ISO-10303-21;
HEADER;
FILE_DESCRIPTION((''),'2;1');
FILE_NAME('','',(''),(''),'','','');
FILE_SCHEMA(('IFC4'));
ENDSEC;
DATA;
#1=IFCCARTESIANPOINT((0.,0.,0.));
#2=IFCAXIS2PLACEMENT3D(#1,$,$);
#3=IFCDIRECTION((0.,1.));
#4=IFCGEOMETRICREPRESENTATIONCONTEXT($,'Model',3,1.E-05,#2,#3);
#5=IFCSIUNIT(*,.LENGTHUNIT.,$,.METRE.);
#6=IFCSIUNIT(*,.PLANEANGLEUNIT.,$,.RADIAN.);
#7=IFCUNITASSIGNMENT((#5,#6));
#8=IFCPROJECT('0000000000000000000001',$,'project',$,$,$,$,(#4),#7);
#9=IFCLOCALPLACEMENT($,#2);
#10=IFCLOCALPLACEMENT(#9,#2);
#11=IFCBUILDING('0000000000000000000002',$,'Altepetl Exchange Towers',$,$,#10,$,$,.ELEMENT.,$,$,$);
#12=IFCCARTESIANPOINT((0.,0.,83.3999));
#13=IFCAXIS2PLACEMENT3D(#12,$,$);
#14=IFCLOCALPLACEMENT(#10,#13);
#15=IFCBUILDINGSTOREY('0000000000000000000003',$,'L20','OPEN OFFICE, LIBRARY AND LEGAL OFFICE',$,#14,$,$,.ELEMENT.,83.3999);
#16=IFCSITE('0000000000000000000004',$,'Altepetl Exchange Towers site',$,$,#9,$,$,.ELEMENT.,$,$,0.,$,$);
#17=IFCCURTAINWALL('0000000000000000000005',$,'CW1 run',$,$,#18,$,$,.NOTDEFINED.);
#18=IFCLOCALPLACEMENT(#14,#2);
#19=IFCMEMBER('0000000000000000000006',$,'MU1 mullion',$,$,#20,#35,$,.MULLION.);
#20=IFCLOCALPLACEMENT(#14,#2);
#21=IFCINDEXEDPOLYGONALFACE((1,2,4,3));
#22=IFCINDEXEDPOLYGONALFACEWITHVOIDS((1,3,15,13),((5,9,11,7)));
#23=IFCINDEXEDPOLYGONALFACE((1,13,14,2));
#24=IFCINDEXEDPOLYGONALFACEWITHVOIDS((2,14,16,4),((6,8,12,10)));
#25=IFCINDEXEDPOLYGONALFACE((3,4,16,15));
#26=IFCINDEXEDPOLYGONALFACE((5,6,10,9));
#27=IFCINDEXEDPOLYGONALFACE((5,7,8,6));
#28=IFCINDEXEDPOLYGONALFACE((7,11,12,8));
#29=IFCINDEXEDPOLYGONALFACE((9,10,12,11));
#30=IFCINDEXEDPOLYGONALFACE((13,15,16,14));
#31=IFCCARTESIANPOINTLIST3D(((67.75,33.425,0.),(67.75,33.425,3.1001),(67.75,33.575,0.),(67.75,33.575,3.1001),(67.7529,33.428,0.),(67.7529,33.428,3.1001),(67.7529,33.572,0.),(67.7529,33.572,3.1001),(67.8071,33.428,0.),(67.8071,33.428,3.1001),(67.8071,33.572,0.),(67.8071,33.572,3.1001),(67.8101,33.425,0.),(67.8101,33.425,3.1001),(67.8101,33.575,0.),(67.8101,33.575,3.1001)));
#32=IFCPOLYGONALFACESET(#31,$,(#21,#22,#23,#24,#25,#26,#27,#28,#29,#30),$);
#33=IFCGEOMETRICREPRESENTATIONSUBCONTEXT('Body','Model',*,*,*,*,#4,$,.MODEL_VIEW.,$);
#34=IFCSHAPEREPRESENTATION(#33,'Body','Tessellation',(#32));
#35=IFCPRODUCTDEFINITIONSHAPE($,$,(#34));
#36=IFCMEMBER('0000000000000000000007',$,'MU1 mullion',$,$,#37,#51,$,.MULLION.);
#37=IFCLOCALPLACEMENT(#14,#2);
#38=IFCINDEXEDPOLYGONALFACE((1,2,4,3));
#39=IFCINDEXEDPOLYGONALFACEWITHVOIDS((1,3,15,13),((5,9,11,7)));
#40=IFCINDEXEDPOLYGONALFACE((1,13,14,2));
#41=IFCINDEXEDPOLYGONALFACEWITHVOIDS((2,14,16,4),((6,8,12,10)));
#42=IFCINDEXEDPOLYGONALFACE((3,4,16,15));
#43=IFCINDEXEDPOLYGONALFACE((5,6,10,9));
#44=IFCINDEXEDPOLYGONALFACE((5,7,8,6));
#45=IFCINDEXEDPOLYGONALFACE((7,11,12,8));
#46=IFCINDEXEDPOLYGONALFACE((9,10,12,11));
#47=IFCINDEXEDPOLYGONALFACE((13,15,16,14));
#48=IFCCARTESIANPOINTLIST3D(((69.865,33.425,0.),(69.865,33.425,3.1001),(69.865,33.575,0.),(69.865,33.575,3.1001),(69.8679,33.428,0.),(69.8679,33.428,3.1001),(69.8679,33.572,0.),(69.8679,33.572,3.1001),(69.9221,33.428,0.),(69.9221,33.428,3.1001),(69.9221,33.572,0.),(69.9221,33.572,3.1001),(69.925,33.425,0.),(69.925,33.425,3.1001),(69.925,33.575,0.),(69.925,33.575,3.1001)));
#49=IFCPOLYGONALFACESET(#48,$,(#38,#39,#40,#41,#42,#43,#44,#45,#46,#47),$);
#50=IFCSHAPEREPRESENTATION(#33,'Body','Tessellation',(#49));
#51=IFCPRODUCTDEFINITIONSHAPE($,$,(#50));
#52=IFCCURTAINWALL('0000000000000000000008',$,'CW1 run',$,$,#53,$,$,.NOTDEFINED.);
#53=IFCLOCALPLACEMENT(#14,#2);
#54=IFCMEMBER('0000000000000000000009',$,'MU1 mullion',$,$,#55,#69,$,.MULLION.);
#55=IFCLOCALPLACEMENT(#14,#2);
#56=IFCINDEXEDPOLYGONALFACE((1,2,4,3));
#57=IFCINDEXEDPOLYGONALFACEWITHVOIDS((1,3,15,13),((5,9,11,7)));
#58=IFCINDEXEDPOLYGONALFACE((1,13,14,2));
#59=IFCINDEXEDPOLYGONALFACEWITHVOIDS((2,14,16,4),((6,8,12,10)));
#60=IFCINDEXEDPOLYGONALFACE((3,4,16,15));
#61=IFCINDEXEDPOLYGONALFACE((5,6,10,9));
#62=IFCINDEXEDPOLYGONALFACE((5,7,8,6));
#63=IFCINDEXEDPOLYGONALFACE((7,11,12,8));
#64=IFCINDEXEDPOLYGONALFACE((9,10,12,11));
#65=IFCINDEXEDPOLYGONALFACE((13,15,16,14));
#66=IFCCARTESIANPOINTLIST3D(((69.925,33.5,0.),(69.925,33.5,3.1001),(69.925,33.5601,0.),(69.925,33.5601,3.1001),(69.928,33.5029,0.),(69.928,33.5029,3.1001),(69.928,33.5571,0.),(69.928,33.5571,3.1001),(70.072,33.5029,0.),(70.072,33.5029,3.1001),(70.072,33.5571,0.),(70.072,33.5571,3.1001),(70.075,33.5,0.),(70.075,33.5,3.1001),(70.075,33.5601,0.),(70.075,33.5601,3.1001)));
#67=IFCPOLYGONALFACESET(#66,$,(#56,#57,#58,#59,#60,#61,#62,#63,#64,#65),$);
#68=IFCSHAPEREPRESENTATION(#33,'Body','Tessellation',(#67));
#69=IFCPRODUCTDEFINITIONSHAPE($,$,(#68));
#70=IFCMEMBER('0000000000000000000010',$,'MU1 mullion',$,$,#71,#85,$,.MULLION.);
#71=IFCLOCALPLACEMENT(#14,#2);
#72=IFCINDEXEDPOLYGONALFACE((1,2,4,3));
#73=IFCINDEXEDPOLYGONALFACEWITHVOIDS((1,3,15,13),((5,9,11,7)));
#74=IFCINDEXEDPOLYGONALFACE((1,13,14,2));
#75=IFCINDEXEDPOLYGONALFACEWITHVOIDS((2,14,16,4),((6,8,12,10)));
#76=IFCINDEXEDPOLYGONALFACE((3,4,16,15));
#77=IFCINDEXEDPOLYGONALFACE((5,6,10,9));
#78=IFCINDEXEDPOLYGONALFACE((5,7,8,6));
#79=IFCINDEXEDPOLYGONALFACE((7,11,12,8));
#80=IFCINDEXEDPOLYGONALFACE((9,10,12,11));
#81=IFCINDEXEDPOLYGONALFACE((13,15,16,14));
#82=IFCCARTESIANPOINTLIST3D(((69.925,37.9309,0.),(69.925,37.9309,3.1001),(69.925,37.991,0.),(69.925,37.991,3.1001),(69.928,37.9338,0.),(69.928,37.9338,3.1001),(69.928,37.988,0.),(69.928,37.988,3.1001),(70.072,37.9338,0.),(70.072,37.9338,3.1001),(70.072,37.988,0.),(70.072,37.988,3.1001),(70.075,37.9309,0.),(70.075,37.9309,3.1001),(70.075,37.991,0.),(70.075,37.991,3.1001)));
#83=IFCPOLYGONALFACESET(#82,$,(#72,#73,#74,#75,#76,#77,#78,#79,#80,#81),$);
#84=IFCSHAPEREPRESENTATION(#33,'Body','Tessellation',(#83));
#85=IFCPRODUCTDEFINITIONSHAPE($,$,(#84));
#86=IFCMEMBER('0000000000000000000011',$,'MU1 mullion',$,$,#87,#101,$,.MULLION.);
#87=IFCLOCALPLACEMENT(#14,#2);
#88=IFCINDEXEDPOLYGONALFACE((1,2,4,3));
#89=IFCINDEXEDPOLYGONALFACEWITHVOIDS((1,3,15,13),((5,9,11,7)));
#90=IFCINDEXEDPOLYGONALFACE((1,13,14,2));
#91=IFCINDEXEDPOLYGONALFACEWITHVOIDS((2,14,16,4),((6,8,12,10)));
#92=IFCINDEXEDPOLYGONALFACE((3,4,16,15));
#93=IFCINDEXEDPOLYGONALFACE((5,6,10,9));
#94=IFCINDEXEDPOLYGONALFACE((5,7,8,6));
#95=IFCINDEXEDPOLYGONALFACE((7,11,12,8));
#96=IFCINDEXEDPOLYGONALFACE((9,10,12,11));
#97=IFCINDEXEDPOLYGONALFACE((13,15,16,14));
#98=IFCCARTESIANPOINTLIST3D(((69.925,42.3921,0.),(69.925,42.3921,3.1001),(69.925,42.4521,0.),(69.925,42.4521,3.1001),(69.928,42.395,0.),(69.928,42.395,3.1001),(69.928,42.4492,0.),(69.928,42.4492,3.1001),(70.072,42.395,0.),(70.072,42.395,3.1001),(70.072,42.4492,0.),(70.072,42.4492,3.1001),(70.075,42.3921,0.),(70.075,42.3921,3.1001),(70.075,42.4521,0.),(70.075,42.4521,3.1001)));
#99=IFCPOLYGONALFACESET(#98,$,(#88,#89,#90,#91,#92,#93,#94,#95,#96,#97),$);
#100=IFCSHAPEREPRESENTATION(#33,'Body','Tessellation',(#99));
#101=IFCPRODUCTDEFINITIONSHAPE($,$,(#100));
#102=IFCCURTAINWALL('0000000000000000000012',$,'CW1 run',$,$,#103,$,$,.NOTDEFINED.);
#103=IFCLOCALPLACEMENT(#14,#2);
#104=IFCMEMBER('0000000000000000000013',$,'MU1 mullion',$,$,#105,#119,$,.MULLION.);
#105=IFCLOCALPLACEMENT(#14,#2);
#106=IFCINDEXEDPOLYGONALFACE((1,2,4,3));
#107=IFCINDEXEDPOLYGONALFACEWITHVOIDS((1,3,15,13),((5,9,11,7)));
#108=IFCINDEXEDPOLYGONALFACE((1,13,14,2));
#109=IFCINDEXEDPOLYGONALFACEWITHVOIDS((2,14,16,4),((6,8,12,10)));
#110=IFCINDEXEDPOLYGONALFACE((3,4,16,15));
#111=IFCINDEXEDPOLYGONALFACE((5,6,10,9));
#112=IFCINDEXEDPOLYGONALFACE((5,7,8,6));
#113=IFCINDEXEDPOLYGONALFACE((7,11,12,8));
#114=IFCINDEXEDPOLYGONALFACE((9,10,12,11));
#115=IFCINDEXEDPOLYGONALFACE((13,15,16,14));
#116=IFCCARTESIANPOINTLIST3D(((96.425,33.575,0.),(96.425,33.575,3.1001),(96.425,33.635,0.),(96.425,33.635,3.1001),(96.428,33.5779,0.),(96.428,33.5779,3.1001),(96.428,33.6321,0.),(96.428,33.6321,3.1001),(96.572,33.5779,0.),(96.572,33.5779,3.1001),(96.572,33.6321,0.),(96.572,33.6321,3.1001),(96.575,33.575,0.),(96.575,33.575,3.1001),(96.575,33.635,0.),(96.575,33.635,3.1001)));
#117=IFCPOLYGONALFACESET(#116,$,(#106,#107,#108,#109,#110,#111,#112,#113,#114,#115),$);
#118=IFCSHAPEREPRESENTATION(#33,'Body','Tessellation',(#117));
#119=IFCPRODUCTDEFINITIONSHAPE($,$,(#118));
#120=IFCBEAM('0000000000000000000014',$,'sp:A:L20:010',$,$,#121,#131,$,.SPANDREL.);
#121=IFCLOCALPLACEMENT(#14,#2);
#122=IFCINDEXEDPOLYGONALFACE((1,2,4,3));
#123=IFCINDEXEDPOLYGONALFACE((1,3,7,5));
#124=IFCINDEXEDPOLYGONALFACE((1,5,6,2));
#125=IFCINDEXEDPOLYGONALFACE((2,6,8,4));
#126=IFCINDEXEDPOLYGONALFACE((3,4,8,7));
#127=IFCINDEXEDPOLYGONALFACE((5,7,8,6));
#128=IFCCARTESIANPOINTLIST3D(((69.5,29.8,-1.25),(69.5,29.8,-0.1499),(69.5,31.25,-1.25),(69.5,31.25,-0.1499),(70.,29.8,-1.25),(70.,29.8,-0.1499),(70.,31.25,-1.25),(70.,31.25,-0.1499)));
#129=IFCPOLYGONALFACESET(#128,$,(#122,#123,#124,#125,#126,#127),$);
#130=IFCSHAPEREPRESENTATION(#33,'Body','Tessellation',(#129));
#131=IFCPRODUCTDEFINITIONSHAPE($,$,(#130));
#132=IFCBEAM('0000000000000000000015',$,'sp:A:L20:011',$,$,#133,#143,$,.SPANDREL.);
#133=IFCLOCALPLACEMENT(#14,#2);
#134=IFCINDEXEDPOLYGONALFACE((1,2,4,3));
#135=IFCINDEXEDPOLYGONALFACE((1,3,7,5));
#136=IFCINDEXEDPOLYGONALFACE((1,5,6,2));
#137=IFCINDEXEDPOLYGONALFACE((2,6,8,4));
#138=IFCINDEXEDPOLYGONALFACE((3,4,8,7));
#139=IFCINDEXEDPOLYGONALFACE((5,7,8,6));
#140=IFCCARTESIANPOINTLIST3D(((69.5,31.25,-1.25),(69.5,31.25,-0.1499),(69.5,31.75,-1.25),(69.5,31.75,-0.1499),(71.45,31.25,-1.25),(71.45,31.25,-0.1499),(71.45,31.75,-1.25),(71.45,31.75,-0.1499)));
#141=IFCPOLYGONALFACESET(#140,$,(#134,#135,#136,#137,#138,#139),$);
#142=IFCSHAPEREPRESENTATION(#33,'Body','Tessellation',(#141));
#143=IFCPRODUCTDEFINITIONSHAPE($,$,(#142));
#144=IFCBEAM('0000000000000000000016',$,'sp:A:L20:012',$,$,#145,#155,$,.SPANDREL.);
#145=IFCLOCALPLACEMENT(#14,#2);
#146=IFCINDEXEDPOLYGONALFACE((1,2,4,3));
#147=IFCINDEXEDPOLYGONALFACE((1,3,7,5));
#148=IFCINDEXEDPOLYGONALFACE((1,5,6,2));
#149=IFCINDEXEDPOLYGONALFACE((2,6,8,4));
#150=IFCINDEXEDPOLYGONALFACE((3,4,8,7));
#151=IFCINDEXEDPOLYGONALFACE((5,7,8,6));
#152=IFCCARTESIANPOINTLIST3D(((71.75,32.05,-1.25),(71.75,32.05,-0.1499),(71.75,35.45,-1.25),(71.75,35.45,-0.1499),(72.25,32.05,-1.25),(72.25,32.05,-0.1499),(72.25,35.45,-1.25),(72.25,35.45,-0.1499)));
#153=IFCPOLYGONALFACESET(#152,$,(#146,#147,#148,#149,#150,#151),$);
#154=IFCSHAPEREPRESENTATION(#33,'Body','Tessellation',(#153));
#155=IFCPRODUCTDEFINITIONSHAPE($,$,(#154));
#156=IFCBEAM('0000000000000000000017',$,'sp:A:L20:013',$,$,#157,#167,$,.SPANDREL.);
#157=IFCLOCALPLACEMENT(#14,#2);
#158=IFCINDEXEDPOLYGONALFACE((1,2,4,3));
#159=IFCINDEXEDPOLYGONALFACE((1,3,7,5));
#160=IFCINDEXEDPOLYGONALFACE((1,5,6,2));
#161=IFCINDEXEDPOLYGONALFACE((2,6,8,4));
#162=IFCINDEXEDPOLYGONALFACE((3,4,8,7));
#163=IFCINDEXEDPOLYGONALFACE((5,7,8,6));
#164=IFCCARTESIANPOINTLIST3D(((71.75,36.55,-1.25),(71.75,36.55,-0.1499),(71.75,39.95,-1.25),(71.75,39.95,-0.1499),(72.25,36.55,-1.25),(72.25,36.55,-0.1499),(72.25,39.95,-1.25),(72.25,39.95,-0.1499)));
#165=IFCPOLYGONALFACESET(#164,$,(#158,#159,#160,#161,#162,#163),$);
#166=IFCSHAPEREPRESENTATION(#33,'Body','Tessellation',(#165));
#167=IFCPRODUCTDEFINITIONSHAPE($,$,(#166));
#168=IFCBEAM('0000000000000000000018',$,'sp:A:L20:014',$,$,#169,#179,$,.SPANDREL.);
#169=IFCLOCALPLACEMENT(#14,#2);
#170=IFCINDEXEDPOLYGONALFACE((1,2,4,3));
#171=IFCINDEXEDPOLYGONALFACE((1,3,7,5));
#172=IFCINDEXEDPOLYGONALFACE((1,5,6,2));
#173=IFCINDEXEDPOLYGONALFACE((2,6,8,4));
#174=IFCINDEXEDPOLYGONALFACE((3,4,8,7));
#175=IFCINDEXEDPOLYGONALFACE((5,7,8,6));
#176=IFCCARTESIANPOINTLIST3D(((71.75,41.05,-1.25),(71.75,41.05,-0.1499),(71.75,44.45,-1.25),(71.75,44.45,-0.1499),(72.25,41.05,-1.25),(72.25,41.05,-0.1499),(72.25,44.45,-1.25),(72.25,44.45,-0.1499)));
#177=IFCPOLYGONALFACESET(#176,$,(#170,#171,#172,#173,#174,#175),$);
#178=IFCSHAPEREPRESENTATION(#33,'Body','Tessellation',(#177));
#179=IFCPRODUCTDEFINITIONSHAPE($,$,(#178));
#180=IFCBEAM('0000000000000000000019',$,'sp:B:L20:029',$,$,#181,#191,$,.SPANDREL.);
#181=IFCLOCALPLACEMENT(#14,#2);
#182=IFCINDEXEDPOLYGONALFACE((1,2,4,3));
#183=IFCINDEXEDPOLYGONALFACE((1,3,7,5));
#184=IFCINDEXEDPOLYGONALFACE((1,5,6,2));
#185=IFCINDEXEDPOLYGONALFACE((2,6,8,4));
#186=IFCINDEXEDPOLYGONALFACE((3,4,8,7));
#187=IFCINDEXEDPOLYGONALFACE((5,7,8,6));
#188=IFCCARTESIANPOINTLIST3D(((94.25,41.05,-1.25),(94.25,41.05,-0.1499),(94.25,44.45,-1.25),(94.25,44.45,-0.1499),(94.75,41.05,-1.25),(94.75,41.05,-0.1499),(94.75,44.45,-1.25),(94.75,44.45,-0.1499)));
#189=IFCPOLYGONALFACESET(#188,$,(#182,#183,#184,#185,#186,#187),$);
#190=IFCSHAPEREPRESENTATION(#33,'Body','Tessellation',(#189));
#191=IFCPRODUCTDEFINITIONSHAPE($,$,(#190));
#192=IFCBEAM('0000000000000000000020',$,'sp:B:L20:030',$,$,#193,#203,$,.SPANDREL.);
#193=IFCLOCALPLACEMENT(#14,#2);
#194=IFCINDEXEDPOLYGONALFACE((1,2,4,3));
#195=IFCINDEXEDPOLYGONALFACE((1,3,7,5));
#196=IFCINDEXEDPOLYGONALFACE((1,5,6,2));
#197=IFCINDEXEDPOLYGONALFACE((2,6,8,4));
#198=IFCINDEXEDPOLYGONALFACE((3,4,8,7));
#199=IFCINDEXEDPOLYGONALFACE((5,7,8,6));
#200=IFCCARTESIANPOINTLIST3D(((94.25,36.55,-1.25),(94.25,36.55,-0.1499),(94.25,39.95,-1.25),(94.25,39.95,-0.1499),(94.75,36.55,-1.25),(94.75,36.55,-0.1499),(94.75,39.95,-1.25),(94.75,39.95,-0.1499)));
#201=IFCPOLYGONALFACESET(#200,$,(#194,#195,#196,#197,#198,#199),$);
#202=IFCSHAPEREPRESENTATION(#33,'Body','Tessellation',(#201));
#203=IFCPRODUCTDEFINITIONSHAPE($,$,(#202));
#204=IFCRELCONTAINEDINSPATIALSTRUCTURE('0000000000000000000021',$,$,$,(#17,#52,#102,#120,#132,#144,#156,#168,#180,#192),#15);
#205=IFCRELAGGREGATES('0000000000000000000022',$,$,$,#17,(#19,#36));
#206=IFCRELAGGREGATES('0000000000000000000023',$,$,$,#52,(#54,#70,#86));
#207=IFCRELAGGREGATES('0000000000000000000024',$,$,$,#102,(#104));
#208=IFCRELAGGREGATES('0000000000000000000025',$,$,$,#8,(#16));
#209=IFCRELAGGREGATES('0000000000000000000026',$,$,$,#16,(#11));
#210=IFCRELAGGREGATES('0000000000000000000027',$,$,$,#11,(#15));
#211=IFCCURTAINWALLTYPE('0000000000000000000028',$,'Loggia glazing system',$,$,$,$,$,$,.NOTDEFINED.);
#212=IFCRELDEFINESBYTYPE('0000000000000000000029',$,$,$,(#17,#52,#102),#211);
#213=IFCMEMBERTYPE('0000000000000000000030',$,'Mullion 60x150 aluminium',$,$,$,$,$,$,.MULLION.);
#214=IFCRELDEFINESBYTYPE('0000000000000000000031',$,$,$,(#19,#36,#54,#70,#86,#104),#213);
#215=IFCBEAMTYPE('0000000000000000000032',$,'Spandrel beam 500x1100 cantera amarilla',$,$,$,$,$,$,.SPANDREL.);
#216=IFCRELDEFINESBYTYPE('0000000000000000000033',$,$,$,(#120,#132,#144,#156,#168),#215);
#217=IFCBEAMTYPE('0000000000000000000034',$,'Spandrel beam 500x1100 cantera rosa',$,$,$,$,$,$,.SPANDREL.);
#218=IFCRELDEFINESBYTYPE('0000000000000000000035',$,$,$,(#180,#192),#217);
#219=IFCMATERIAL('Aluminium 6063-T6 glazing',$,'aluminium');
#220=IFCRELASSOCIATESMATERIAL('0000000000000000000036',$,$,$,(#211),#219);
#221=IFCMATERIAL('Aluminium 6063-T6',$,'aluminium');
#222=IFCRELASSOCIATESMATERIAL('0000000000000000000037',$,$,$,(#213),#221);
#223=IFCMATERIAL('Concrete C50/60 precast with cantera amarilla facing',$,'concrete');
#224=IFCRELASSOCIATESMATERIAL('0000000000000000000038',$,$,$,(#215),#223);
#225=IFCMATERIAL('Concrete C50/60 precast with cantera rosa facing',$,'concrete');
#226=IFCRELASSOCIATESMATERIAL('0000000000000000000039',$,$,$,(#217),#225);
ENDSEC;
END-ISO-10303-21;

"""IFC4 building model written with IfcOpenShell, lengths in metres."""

from ifc_helpers import new_model, si_unit, direction, frame, origin, origin_2d, place, context, subcontext, project, spatial, rectangle, hollow_rectangle, extrude, material, material_profile, profile_set, type_object, element, aggregate, save


model = new_model("IFC4")

# Units and contexts
model_context = context("Model", 3, precision=1e-05, world=origin(), true_north=direction((0.0, 1.0)))
body_context = subcontext(model_context, "Body", "Model", "MODEL_VIEW")
ifc_project = project(units=[si_unit("LENGTHUNIT", "METRE"), si_unit("PLANEANGLEUNIT", "RADIAN")], contexts=[model_context])

# Site, building, storey
site_placement = place(None, origin())
site = spatial("IfcSite", under=ifc_project, at=site_placement, Name="Altepetl Exchange Towers site", CompositionType="ELEMENT", RefElevation=0.0)
building_placement = place(site_placement, origin())
building = spatial("IfcBuilding", under=site, at=building_placement, Name="Altepetl Exchange Towers", CompositionType="ELEMENT")
storey_placement = place(building_placement, frame((0.0, 0.0, 83.3999)))
storey = spatial("IfcBuildingStorey", under=building, at=storey_placement, Name="L20", Description="OPEN OFFICE, LIBRARY AND LEGAL OFFICE", CompositionType="ELEMENT", Elevation=83.3999)

# Curtain walls, members
ifc_material_1 = material(Name="Aluminium 6063-T6 glazing", Category="aluminium")
curtain_wall_type = type_object("IfcCurtainWallType", Name="Loggia glazing system", PredefinedType="NOTDEFINED", material=ifc_material_1)
ifc_material_2 = material(Name="Aluminium 6063-T6", Category="aluminium")
ifc_material_profile_1 = material_profile(ifc_material_2, hollow_rectangle(XDim=0.0601, YDim=0.1499, WallThickness=0.0029, at=origin_2d()), Name="Mullion 60x150 aluminium")
ifc_profile_set_1 = profile_set([ifc_material_profile_1], Name="Aluminium 6063-T6")
member_type = type_object("IfcMemberType", Name="Mullion 60x150 aluminium", PredefinedType="MULLION", material=ifc_profile_set_1)
curtain_wall_1_placement = place(storey_placement, origin())
curtain_wall_1 = element("IfcCurtainWall", 1, at=curtain_wall_1_placement, inside=storey, type_object=curtain_wall_type, Name="CW1 run", PredefinedType="NOTDEFINED")
member_1_placement = place(storey_placement, frame((67.78, 33.5, 0.0)))
member_1 = element("IfcMember", 2, at=member_1_placement, type_object=member_type, Name="MU1 mullion", PredefinedType="MULLION", context=body_context, shape_type="SweptSolid", body=[
    extrude(hollow_rectangle(XDim=0.0601, YDim=0.1499, WallThickness=0.0029, at=origin_2d()), origin(), (0.0, 0.0, 1.0), 3.1001),
])
member_2_placement = place(storey_placement, frame((69.895, 33.5, 0.0)))
member_2 = element("IfcMember", 3, at=member_2_placement, type_object=member_type, Name="MU1 mullion", PredefinedType="MULLION", context=body_context, shape_type="SweptSolid", body=[
    extrude(hollow_rectangle(XDim=0.0601, YDim=0.1499, WallThickness=0.0029, at=origin_2d()), origin(), (0.0, 0.0, 1.0), 3.1001),
])
curtain_wall_2_placement = place(storey_placement, origin())
curtain_wall_2 = element("IfcCurtainWall", 4, at=curtain_wall_2_placement, inside=storey, type_object=curtain_wall_type, Name="CW1 run", PredefinedType="NOTDEFINED")
member_3_placement = place(storey_placement, frame((70.0, 33.53, 0.0), z_axis=(0.0, 0.0, 1.0), x_axis=(0.0, 1.0, 0.0)))
member_3 = element("IfcMember", 5, at=member_3_placement, type_object=member_type, Name="MU1 mullion", PredefinedType="MULLION", context=body_context, shape_type="SweptSolid", body=[
    extrude(hollow_rectangle(XDim=0.0601, YDim=0.1499, WallThickness=0.0029, at=origin_2d()), origin(), (0.0, 0.0, 1.0), 3.1001),
])
member_4_placement = place(storey_placement, frame((70.0, 37.9609, 0.0), z_axis=(0.0, 0.0, 1.0), x_axis=(0.0, 1.0, 0.0)))
member_4 = element("IfcMember", 6, at=member_4_placement, type_object=member_type, Name="MU1 mullion", PredefinedType="MULLION", context=body_context, shape_type="SweptSolid", body=[
    extrude(hollow_rectangle(XDim=0.0601, YDim=0.1499, WallThickness=0.0029, at=origin_2d()), origin(), (0.0, 0.0, 1.0), 3.1001),
])
member_5_placement = place(storey_placement, frame((70.0, 42.4221, 0.0), z_axis=(0.0, 0.0, 1.0), x_axis=(0.0, 1.0, 0.0)))
member_5 = element("IfcMember", 7, at=member_5_placement, type_object=member_type, Name="MU1 mullion", PredefinedType="MULLION", context=body_context, shape_type="SweptSolid", body=[
    extrude(hollow_rectangle(XDim=0.0601, YDim=0.1499, WallThickness=0.0029, at=origin_2d()), origin(), (0.0, 0.0, 1.0), 3.1001),
])

# Curtain wall, member
curtain_wall_3_placement = place(storey_placement, origin())
curtain_wall_3 = element("IfcCurtainWall", 8, at=curtain_wall_3_placement, inside=storey, type_object=curtain_wall_type, Name="CW1 run", PredefinedType="NOTDEFINED")
member_6_placement = place(storey_placement, frame((96.5, 33.605, 0.0), z_axis=(0.0, 0.0, 1.0), x_axis=(0.0, -1.0, 0.0)))
member_6 = element("IfcMember", 9, at=member_6_placement, type_object=member_type, Name="MU1 mullion", PredefinedType="MULLION", context=body_context, shape_type="SweptSolid", body=[
    extrude(hollow_rectangle(XDim=0.0601, YDim=0.1499, WallThickness=0.0029, at=origin_2d()), origin(), (0.0, 0.0, 1.0), 3.1001),
])

# Beams
ifc_material_3 = material(Name="Concrete C50/60 precast with cantera amarilla facing", Category="concrete")
ifc_material_profile_2 = material_profile(ifc_material_3, rectangle(XDim=0.5, YDim=1.1001, at=origin_2d()), Name="500 x 1100")
ifc_profile_set_2 = profile_set([ifc_material_profile_2], Name="Concrete C50/60 precast with cantera amarilla facing")
beam_type_1 = type_object("IfcBeamType", Name="Spandrel beam 500x1100 cantera amarilla", PredefinedType="SPANDREL", material=ifc_profile_set_2)
beam_1_placement = place(storey_placement, frame((69.75, 29.8, -0.7), z_axis=(0.0, 1.0, 0.0), x_axis=(-1.0, 0.0, 0.0)))
element("IfcBeam", 10, at=beam_1_placement, inside=storey, type_object=beam_type_1, Name="sp:A:L20:010", PredefinedType="SPANDREL", context=body_context, shape_type="SweptSolid", body=[
    extrude(rectangle(XDim=0.5, YDim=1.1001, at=origin_2d()), origin(), (0.0, 0.0, 1.0), 1.45),
])
beam_2_placement = place(storey_placement, frame((69.5, 31.5, -0.7), z_axis=(1.0, 0.0, 0.0), x_axis=(0.0, 1.0, 0.0)))
element("IfcBeam", 11, at=beam_2_placement, inside=storey, type_object=beam_type_1, Name="sp:A:L20:011", PredefinedType="SPANDREL", context=body_context, shape_type="SweptSolid", body=[
    extrude(rectangle(XDim=0.5, YDim=1.1001, at=origin_2d()), origin(), (0.0, 0.0, 1.0), 1.95),
])
for number, where, z_axis, x_axis, name in (
    (12, (72.0, 32.05, -0.7), (0.0, 1.0, 0.0), (-1.0, 0.0, 0.0), "sp:A:L20:012"),
    (13, (72.0, 36.55, -0.7), (0.0, 1.0, 0.0), (-1.0, 0.0, 0.0), "sp:A:L20:013"),
    (14, (72.0, 41.05, -0.7), (0.0, 1.0, 0.0), (-1.0, 0.0, 0.0), "sp:A:L20:014"),
):
    element("IfcBeam", number, at=place(storey_placement, frame(where, z_axis=z_axis, x_axis=x_axis)), inside=storey, type_object=beam_type_1, Name=name, PredefinedType="SPANDREL", context=body_context, shape_type="SweptSolid", body=[
        extrude(rectangle(XDim=0.5, YDim=1.1001, at=origin_2d()), origin(), (0.0, 0.0, 1.0), 3.3999),
    ])
ifc_material_4 = material(Name="Concrete C50/60 precast with cantera rosa facing", Category="concrete")
ifc_material_profile_3 = material_profile(ifc_material_4, rectangle(XDim=0.5, YDim=1.1001, at=origin_2d()), Name="500 x 1100")
ifc_profile_set_3 = profile_set([ifc_material_profile_3], Name="Concrete C50/60 precast with cantera rosa facing")
beam_type_2 = type_object("IfcBeamType", Name="Spandrel beam 500x1100 cantera rosa", PredefinedType="SPANDREL", material=ifc_profile_set_3)
for number, where, z_axis, x_axis, name in (
    (15, (94.5, 44.45, -0.7), (0.0, -1.0, 0.0), (1.0, 0.0, 0.0), "sp:B:L20:029"),
    (16, (94.5, 39.95, -0.7), (0.0, -1.0, 0.0), (1.0, 0.0, 0.0), "sp:B:L20:030"),
):
    element("IfcBeam", number, at=place(storey_placement, frame(where, z_axis=z_axis, x_axis=x_axis)), inside=storey, type_object=beam_type_2, Name=name, PredefinedType="SPANDREL", context=body_context, shape_type="SweptSolid", body=[
        extrude(rectangle(XDim=0.5, YDim=1.1001, at=origin_2d()), origin(), (0.0, 0.0, 1.0), 3.3999),
    ])

aggregate(curtain_wall_1, [member_1, member_2])
aggregate(curtain_wall_2, [member_3, member_4, member_5])
aggregate(curtain_wall_3, [member_6])

save(model, "model.ifc")
